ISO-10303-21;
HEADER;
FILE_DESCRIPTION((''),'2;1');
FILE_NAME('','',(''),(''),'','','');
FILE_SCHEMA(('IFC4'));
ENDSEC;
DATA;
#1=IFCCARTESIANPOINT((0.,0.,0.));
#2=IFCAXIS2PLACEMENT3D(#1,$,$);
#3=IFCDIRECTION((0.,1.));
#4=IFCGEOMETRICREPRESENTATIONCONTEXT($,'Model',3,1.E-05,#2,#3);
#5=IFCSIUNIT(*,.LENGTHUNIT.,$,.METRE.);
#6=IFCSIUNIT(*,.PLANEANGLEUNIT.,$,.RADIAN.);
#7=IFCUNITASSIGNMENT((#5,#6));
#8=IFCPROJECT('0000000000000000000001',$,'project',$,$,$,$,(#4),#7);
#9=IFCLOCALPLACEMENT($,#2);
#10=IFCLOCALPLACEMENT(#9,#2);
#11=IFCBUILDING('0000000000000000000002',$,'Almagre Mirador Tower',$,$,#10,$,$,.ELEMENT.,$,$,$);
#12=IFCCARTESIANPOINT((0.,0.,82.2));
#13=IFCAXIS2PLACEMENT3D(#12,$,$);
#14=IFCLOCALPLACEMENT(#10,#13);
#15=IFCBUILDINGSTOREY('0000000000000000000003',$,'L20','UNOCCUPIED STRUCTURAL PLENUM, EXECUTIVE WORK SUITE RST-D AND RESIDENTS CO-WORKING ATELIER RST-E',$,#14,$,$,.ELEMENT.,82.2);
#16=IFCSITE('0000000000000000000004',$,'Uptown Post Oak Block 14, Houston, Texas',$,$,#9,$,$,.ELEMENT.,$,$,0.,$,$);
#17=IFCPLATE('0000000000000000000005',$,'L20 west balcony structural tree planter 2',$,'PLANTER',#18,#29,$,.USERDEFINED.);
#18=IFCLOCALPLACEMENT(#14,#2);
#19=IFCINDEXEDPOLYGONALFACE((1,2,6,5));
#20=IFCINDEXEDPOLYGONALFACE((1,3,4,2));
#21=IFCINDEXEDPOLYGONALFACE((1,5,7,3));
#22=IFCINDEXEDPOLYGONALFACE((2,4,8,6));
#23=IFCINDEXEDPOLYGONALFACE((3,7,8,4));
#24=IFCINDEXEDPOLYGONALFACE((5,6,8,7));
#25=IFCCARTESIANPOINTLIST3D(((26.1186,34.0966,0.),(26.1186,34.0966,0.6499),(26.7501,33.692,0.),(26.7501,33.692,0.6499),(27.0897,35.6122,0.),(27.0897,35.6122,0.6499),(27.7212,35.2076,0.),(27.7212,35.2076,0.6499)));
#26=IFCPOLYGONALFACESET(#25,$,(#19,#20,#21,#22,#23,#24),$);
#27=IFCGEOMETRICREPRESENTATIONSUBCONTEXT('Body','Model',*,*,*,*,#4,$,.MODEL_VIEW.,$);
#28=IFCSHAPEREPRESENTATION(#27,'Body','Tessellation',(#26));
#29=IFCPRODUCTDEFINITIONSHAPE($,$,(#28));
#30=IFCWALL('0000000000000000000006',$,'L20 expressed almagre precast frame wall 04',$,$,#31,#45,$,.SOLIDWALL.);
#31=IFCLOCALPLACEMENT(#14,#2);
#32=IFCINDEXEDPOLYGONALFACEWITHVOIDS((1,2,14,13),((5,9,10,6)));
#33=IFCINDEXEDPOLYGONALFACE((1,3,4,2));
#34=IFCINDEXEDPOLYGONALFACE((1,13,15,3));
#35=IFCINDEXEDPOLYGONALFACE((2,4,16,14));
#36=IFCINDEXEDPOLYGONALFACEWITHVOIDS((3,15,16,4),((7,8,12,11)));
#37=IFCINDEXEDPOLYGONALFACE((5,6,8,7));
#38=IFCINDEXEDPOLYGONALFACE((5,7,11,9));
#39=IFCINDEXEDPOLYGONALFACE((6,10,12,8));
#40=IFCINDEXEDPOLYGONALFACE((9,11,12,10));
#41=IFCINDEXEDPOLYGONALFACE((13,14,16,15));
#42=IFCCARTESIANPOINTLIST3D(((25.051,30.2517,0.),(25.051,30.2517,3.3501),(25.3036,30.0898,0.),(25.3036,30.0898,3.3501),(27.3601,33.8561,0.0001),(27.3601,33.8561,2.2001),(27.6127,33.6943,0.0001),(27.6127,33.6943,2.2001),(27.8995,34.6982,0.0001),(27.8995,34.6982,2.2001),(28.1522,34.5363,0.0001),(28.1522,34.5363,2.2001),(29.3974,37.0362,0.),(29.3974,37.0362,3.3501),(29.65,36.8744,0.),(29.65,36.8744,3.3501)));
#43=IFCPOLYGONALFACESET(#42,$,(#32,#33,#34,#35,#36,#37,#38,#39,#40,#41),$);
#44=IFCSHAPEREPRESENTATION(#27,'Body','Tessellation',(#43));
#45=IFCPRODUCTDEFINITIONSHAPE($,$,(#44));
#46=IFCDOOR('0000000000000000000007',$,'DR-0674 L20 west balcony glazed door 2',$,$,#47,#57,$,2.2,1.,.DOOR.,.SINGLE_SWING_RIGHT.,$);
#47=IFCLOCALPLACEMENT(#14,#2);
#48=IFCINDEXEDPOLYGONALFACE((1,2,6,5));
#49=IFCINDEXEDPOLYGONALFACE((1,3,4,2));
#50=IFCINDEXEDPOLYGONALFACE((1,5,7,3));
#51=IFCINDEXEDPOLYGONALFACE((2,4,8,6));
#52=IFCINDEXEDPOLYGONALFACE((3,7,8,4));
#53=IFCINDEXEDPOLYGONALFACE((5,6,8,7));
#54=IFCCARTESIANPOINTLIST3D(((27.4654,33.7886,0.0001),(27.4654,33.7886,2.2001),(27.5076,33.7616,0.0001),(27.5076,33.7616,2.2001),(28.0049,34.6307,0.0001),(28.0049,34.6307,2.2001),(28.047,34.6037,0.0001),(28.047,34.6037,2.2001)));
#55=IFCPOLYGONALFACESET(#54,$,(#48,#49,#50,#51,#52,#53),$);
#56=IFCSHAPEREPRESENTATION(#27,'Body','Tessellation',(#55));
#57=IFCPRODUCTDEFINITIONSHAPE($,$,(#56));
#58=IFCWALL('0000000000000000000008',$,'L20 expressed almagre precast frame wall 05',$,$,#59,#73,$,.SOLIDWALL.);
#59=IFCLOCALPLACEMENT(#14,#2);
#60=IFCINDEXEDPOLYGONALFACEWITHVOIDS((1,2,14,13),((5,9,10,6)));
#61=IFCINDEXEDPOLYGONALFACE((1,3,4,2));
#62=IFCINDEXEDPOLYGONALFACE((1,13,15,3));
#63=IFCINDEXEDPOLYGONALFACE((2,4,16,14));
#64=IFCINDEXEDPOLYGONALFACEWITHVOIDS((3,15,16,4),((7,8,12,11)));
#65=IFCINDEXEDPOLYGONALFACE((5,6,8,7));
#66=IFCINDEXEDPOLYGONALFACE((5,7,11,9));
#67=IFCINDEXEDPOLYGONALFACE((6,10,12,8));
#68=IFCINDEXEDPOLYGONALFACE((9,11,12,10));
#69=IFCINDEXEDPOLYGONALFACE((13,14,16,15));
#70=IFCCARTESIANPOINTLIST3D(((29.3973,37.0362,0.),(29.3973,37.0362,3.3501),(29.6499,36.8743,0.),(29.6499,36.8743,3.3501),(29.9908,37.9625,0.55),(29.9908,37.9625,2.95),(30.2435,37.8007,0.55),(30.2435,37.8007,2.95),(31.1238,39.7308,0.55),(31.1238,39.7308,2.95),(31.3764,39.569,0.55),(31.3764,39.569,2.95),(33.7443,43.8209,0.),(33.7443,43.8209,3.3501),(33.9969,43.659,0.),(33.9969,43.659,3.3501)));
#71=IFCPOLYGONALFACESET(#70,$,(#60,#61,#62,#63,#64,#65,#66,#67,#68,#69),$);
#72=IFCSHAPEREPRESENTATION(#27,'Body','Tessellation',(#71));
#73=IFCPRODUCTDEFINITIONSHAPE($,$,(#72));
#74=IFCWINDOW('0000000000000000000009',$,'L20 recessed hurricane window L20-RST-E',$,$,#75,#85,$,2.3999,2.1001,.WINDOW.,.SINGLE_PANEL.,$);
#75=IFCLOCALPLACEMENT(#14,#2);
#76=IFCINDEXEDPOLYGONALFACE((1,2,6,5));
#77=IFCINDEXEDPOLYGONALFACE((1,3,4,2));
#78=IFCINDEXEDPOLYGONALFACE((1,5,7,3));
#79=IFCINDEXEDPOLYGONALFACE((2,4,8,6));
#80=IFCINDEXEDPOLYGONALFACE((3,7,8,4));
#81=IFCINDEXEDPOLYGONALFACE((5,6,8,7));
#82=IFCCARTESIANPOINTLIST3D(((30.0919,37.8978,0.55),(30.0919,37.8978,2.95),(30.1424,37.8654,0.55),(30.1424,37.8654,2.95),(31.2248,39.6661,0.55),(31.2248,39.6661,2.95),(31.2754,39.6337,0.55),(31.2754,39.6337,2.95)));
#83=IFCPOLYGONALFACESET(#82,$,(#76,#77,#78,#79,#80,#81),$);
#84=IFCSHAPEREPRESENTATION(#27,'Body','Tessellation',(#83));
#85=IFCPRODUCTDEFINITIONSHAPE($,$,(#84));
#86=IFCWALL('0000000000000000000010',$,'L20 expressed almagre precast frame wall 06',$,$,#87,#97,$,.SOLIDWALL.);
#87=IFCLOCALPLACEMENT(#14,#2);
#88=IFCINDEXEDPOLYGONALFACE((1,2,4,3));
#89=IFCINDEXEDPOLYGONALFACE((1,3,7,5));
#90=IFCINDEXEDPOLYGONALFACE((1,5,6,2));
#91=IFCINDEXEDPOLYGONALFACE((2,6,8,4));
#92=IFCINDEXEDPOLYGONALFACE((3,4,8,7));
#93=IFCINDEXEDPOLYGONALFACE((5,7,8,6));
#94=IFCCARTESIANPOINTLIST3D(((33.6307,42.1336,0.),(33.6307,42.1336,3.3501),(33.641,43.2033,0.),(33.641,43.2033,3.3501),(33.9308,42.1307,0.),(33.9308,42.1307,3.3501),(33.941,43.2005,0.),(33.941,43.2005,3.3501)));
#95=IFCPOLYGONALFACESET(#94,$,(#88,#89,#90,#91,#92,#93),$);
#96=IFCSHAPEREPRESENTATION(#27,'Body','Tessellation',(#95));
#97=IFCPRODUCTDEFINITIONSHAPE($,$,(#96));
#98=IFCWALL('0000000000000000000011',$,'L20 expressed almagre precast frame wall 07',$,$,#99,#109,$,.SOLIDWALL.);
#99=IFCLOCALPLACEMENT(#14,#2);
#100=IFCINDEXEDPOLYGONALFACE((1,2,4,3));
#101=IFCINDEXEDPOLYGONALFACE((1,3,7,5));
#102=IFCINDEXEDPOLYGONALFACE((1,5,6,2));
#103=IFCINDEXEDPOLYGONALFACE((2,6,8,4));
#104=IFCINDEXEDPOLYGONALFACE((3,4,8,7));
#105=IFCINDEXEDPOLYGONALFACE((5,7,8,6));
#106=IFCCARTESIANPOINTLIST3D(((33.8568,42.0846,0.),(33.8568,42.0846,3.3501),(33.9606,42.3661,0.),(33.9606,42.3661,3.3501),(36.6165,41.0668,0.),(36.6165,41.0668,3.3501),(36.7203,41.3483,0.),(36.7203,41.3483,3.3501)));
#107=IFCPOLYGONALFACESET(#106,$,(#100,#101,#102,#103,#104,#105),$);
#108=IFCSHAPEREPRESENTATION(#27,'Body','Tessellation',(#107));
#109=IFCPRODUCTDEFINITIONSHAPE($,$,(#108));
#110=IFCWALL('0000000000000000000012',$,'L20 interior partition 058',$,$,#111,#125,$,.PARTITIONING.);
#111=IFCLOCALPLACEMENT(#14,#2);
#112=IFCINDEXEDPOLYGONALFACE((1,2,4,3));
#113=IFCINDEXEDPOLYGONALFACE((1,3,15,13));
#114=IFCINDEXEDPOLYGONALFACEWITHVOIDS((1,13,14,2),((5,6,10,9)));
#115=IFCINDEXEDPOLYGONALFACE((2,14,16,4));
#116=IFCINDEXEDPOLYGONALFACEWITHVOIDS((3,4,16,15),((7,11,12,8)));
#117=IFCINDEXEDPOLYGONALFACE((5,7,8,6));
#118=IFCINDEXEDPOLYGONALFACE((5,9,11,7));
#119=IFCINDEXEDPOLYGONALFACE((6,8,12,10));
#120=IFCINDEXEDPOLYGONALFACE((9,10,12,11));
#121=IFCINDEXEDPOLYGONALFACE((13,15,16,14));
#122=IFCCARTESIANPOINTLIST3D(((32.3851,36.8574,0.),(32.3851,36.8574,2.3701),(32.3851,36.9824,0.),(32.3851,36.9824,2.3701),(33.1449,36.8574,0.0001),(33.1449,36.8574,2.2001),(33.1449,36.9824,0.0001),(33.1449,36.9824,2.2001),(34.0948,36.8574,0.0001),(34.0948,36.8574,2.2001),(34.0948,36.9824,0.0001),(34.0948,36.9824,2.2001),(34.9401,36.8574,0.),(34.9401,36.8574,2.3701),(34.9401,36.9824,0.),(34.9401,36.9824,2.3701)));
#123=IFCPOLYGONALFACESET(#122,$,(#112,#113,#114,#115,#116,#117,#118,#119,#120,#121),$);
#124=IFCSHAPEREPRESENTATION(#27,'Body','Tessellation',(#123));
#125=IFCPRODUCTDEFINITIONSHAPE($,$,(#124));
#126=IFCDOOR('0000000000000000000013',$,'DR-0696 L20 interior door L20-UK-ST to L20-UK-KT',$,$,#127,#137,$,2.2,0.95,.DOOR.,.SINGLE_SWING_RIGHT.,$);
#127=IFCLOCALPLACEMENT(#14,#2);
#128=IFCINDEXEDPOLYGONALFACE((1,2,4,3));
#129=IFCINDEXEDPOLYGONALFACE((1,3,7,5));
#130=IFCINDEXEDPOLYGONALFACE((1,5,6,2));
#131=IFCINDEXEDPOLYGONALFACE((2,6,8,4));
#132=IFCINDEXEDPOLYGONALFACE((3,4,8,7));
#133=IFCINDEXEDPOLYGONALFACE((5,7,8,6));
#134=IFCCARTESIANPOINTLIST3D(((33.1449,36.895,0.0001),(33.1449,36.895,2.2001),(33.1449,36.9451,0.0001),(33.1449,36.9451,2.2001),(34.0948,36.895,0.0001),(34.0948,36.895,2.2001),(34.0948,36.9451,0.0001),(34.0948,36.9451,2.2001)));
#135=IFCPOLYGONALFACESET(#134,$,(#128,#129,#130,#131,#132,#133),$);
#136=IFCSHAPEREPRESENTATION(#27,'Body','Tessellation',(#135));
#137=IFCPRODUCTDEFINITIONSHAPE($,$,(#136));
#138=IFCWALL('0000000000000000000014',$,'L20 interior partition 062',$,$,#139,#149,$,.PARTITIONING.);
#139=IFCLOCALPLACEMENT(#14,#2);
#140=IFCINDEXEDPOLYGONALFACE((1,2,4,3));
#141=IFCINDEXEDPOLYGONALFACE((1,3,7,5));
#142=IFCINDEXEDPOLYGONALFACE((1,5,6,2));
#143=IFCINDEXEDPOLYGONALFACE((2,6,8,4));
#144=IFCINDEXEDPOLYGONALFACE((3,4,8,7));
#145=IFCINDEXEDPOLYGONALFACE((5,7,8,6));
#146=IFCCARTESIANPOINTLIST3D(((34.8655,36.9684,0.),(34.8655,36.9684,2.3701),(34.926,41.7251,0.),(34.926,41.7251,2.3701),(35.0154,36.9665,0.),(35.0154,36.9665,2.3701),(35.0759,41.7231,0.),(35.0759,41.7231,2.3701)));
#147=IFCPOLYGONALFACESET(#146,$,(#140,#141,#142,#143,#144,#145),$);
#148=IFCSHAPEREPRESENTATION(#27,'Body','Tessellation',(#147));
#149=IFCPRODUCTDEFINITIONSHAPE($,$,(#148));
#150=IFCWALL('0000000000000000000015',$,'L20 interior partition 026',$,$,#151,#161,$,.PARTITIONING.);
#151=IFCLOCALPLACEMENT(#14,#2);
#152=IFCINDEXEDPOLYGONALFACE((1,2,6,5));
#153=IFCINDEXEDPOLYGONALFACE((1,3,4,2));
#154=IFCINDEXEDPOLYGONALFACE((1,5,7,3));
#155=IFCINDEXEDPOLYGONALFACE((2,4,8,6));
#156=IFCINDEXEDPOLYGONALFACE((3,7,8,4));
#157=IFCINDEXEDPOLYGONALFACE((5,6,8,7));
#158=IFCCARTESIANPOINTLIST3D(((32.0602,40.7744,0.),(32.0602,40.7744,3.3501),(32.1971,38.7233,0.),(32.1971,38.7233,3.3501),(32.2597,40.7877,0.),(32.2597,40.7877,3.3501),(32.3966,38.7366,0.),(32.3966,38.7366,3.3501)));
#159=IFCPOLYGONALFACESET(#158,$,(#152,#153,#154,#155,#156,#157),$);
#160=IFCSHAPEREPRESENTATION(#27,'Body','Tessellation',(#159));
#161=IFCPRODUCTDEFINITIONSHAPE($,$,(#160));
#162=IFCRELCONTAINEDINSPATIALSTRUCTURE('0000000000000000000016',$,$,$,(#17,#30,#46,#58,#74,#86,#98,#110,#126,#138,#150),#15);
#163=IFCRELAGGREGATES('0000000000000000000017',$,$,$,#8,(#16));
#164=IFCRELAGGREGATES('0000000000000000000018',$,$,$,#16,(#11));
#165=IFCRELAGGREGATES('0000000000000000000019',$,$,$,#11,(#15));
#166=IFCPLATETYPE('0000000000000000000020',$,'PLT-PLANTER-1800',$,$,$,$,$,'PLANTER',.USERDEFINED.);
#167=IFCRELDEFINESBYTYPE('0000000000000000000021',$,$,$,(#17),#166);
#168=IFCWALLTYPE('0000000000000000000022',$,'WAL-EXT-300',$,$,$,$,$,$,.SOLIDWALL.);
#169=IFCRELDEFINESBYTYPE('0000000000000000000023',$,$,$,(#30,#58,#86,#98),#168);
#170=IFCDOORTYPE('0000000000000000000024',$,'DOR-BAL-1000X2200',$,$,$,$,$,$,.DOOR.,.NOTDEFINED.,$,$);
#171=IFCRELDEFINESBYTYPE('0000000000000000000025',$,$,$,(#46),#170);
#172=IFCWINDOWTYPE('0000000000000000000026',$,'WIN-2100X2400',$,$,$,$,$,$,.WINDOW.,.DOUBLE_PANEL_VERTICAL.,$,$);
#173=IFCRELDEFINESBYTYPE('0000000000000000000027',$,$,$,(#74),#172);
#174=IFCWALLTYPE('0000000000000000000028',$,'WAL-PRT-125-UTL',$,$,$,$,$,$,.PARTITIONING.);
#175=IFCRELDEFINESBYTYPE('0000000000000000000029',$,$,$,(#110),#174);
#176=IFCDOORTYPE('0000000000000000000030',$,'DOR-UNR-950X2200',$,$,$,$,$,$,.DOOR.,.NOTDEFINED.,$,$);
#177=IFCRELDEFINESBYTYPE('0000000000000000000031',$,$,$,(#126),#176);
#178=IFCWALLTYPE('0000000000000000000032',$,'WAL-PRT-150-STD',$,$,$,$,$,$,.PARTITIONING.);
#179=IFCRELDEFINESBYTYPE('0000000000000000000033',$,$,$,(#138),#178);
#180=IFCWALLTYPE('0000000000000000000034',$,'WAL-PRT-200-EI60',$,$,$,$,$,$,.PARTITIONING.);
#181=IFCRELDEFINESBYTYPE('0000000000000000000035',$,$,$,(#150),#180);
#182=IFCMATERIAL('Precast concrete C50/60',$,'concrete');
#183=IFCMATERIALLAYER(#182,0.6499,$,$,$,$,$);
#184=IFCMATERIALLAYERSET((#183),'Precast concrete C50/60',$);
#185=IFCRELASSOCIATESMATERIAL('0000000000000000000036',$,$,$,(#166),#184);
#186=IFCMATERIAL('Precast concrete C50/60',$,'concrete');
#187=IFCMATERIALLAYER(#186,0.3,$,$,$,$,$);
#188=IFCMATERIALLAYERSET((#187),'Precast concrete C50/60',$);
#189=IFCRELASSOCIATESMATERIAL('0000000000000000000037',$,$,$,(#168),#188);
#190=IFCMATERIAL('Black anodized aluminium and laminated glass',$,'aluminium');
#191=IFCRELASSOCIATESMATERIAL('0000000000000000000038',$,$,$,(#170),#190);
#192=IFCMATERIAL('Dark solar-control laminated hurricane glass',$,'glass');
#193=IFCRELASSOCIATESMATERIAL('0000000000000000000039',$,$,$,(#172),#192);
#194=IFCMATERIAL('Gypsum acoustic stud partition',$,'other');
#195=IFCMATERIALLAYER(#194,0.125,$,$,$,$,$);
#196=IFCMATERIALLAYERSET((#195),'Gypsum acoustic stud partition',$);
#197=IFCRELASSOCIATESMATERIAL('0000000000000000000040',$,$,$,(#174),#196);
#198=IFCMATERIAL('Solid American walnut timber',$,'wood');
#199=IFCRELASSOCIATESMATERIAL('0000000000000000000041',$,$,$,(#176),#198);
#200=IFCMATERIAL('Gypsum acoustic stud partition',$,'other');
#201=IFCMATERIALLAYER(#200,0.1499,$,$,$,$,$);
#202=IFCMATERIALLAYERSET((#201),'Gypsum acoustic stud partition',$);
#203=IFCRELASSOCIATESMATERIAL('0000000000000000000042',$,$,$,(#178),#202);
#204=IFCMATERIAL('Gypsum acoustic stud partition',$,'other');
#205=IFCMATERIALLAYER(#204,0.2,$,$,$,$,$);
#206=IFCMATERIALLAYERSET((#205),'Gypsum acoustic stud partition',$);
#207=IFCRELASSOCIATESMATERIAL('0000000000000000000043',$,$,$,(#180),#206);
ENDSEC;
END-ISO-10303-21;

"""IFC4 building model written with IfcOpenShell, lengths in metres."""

from ifc_helpers import new_model, si_unit, direction, frame, frame_2d, origin, origin_2d, place, context, subcontext, project, spatial, rectangle, extrude, material, layer, layer_set, type_object, element, fill, save


model = new_model("IFC4")

# Units and contexts
model_context = context("Model", 3, precision=1e-05, world=origin(), true_north=direction((0.0, 1.0)))
body_context = subcontext(model_context, "Body", "Model", "MODEL_VIEW")
ifc_project = project(units=[si_unit("LENGTHUNIT", "METRE"), si_unit("PLANEANGLEUNIT", "RADIAN")], contexts=[model_context])

# Site, building, storey
site_placement = place(None, origin())
site = spatial("IfcSite", under=ifc_project, at=site_placement, Name="Uptown Post Oak Block 14, Houston, Texas", CompositionType="ELEMENT", RefElevation=0.0)
building_placement = place(site_placement, origin())
building = spatial("IfcBuilding", under=site, at=building_placement, Name="Almagre Mirador Tower", CompositionType="ELEMENT")
storey_placement = place(building_placement, frame((0.0, 0.0, 82.2)))
storey = spatial("IfcBuildingStorey", under=building, at=storey_placement, Name="L20", Description="UNOCCUPIED STRUCTURAL PLENUM, EXECUTIVE WORK SUITE RST-D AND RESIDENTS CO-WORKING ATELIER RST-E", CompositionType="ELEMENT", Elevation=82.2)

# Plate
ifc_material_1 = material(Name="Precast concrete C50/60", Category="concrete")
ifc_layer_1 = layer(ifc_material_1, 0.6499)
ifc_layer_set_1 = layer_set([ifc_layer_1], Name="Precast concrete C50/60")
plate_type = type_object("IfcPlateType", Name="PLT-PLANTER-1800", ElementType="PLANTER", PredefinedType="USERDEFINED", material=ifc_layer_set_1)
plate_placement = place(storey_placement, frame((26.9199, 34.6521, 0.0), z_axis=(0.0, 0.0, 1.0), x_axis=(-0.539462, -0.84201, 0.0)))
element("IfcPlate", 1, at=plate_placement, inside=storey, type_object=plate_type, Name="L20 west balcony structural tree planter 2", ObjectType="PLANTER", PredefinedType="USERDEFINED", context=body_context, shape_type="SweptSolid", body=[
    extrude(rectangle(XDim=1.8, YDim=0.75, at=origin_2d()), origin(), (0.0, 0.0, 1.0), 0.6499),
])

# Wall, opening, door
ifc_material_2 = material(Name="Precast concrete C50/60", Category="concrete")
ifc_layer_2 = layer(ifc_material_2, 0.3)
ifc_layer_set_2 = layer_set([ifc_layer_2], Name="Precast concrete C50/60")
wall_type_1 = type_object("IfcWallType", Name="WAL-EXT-300", PredefinedType="SOLIDWALL", material=ifc_layer_set_2)
wall_1_placement = place(storey_placement, frame((25.1772, 30.1707, 0.0), z_axis=(0.0, 0.0, 1.0), x_axis=(0.539428, 0.842032, 0.0)))
wall_1 = element("IfcWall", 2, at=wall_1_placement, inside=storey, type_object=wall_type_1, Name="L20 expressed almagre precast frame wall 04", PredefinedType="SOLIDWALL", context=body_context, shape_type="SweptSolid", body=[
    extrude(rectangle(XDim=8.0574, YDim=0.3, at=frame_2d((4.0288, 0.0))), origin(), (0.0, 0.0, 1.0), 3.3501),
])
opening_1_placement = place(wall_1_placement, frame((4.2808, 0.0, 0.0)))
opening_1 = element("IfcOpeningElement", 3, at=opening_1_placement, cuts=wall_1, PredefinedType="OPENING", context=body_context, shape_type="SweptSolid", body=[
    extrude(rectangle(XDim=1.0, YDim=2.2, at=frame_2d((0.5, 1.1001))), frame((0.0, 0.1599, 0.0), z_axis=(0.0, -1.0, 0.0), x_axis=(1.0, 0.0, 0.0)), (0.0, 0.0, 1.0), 0.32),
])
ifc_material_3 = material(Name="Black anodized aluminium and laminated glass", Category="aluminium")
door_type_1 = type_object("IfcDoorType", Name="DOR-BAL-1000X2200", OperationType="NOTDEFINED", PredefinedType="DOOR", material=ifc_material_3)
door_1_placement = place(opening_1_placement, origin())
door_1 = element("IfcDoor", 4, at=door_1_placement, inside=storey, type_object=door_type_1, Name="DR-0674 L20 west balcony glazed door 2", OperationType="SINGLE_SWING_RIGHT", OverallHeight=2.2, OverallWidth=1.0, PredefinedType="DOOR", context=body_context, shape_type="SweptSolid", body=[
    extrude(rectangle(XDim=1.0, YDim=2.2, at=frame_2d((0.5, 1.1001))), frame((0.0, 0.0249, 0.0), z_axis=(0.0, -1.0, 0.0), x_axis=(1.0, 0.0, 0.0)), (0.0, 0.0, 1.0), 0.05),
])
fill(opening_1, door_1)

# Wall, opening, window
wall_2_placement = place(storey_placement, frame((29.5237, 36.9553, 0.0), z_axis=(0.0, 0.0, 1.0), x_axis=(0.539471, 0.842004, 0.0)))
wall_2 = element("IfcWall", 5, at=wall_2_placement, inside=storey, type_object=wall_type_1, Name="L20 expressed almagre precast frame wall 05", PredefinedType="SOLIDWALL", context=body_context, shape_type="SweptSolid", body=[
    extrude(rectangle(XDim=8.0579, YDim=0.3, at=frame_2d((4.0288, 0.0))), origin(), (0.0, 0.0, 1.0), 3.3501),
])
opening_2_placement = place(wall_2_placement, frame((1.1001, 0.0, 0.55)))
opening_2 = element("IfcOpeningElement", 6, at=opening_2_placement, cuts=wall_2, PredefinedType="OPENING", context=body_context, shape_type="SweptSolid", body=[
    extrude(rectangle(XDim=2.1001, YDim=2.3999, at=frame_2d((1.05, 1.2))), frame((0.0, 0.1599, 0.0), z_axis=(0.0, -1.0, 0.0), x_axis=(1.0, 0.0, 0.0)), (0.0, 0.0, 1.0), 0.32),
])
ifc_material_4 = material(Name="Dark solar-control laminated hurricane glass", Category="glass")
window_type = type_object("IfcWindowType", Name="WIN-2100X2400", PartitioningType="DOUBLE_PANEL_VERTICAL", PredefinedType="WINDOW", material=ifc_material_4)
window_placement = place(opening_2_placement, origin())
window = element("IfcWindow", 7, at=window_placement, inside=storey, type_object=window_type, Name="L20 recessed hurricane window L20-RST-E", OverallHeight=2.3999, OverallWidth=2.1001, PartitioningType="SINGLE_PANEL", PredefinedType="WINDOW", context=body_context, shape_type="SweptSolid", body=[
    extrude(rectangle(XDim=2.1001, YDim=2.3999, at=frame_2d((1.05, 1.2))), frame((0.0, 0.03, 0.0), z_axis=(0.0, -1.0, 0.0), x_axis=(1.0, 0.0, 0.0)), (0.0, 0.0, 1.0), 0.0601),
])
fill(opening_2, window)

# Walls
wall_3_placement = place(storey_placement, frame((33.791, 43.2019, 0.0), z_axis=(0.0, 0.0, 1.0), x_axis=(-0.009584, -0.999954, 0.0)))
element("IfcWall", 8, at=wall_3_placement, inside=storey, type_object=wall_type_1, Name="L20 expressed almagre precast frame wall 06", PredefinedType="SOLIDWALL", context=body_context, shape_type="SweptSolid", body=[
    extrude(rectangle(XDim=1.0698, YDim=0.3, at=frame_2d((0.5349, 0.0))), origin(), (0.0, 0.0, 1.0), 3.3501),
])
wall_4_placement = place(storey_placement, frame((33.9087, 42.2253, 0.0), z_axis=(0.0, 0.0, 1.0), x_axis=(0.938225, -0.346025, 0.0)))
element("IfcWall", 9, at=wall_4_placement, inside=storey, type_object=wall_type_1, Name="L20 expressed almagre precast frame wall 07", PredefinedType="SOLIDWALL", context=body_context, shape_type="SweptSolid", body=[
    extrude(rectangle(XDim=2.9414, YDim=0.3, at=frame_2d((1.4707, 0.0))), origin(), (0.0, 0.0, 1.0), 3.3501),
])

# Wall, opening, door
ifc_material_5 = material(Name="Gypsum acoustic stud partition", Category="other")
ifc_layer_3 = layer(ifc_material_5, 0.125)
ifc_layer_set_3 = layer_set([ifc_layer_3], Name="Gypsum acoustic stud partition")
wall_type_2 = type_object("IfcWallType", Name="WAL-PRT-125-UTL", PredefinedType="PARTITIONING", material=ifc_layer_set_3)
wall_5_placement = place(storey_placement, frame((34.9399, 36.9199, 0.0), z_axis=(0.0, 0.0, 1.0), x_axis=(-1.0, 0.0, 0.0)))
wall_5 = element("IfcWall", 10, at=wall_5_placement, inside=storey, type_object=wall_type_2, Name="L20 interior partition 058", PredefinedType="PARTITIONING", context=body_context, shape_type="SweptSolid", body=[
    extrude(rectangle(XDim=2.5549, YDim=0.125, at=frame_2d((1.2773, 0.0))), origin(), (0.0, 0.0, 1.0), 2.3701),
])
opening_3_placement = place(wall_5_placement, frame((0.845, 0.0, 0.0)))
opening_3 = element("IfcOpeningElement", 11, at=opening_3_placement, cuts=wall_5, PredefinedType="OPENING", context=body_context, shape_type="SweptSolid", body=[
    extrude(rectangle(XDim=0.95, YDim=2.2, at=frame_2d((0.4751, 1.1001))), frame((0.0, 0.0725, 0.0), z_axis=(0.0, -1.0, 0.0), x_axis=(1.0, 0.0, 0.0)), (0.0, 0.0, 1.0), 0.145),
])
ifc_material_6 = material(Name="Solid American walnut timber", Category="wood")
door_type_2 = type_object("IfcDoorType", Name="DOR-UNR-950X2200", OperationType="NOTDEFINED", PredefinedType="DOOR", material=ifc_material_6)
door_2_placement = place(opening_3_placement, origin())
door_2 = element("IfcDoor", 12, at=door_2_placement, inside=storey, type_object=door_type_2, Name="DR-0696 L20 interior door L20-UK-ST to L20-UK-KT", OperationType="SINGLE_SWING_RIGHT", OverallHeight=2.2, OverallWidth=0.95, PredefinedType="DOOR", context=body_context, shape_type="SweptSolid", body=[
    extrude(rectangle(XDim=0.95, YDim=2.2, at=frame_2d((0.4751, 1.1001))), frame((0.0, 0.0249, 0.0), z_axis=(0.0, -1.0, 0.0), x_axis=(1.0, 0.0, 0.0)), (0.0, 0.0, 1.0), 0.05),
])
fill(opening_3, door_2)

# Walls
ifc_material_7 = material(Name="Gypsum acoustic stud partition", Category="other")
ifc_layer_4 = layer(ifc_material_7, 0.1499)
ifc_layer_set_4 = layer_set([ifc_layer_4], Name="Gypsum acoustic stud partition")
wall_type_3 = type_object("IfcWallType", Name="WAL-PRT-150-STD", PredefinedType="PARTITIONING", material=ifc_layer_set_4)
wall_6_placement = place(storey_placement, frame((34.9404, 36.9675, 0.0), z_axis=(0.0, 0.0, 1.0), x_axis=(0.012728, 0.999919, 0.0)))
element("IfcWall", 13, at=wall_6_placement, inside=storey, type_object=wall_type_3, Name="L20 interior partition 062", PredefinedType="PARTITIONING", context=body_context, shape_type="SweptSolid", body=[
    extrude(rectangle(XDim=4.7571, YDim=0.1499, at=frame_2d((2.3784, 0.0))), origin(), (0.0, 0.0, 1.0), 2.3701),
])
ifc_material_8 = material(Name="Gypsum acoustic stud partition", Category="other")
ifc_layer_5 = layer(ifc_material_8, 0.2)
ifc_layer_set_5 = layer_set([ifc_layer_5], Name="Gypsum acoustic stud partition")
wall_type_4 = type_object("IfcWallType", Name="WAL-PRT-200-EI60", PredefinedType="PARTITIONING", material=ifc_layer_set_5)
wall_7_placement = place(storey_placement, frame((32.2969, 38.73, 0.0), z_axis=(0.0, 0.0, 1.0), x_axis=(-0.066629, 0.997778, 0.0)))
element("IfcWall", 14, at=wall_7_placement, inside=storey, type_object=wall_type_4, Name="L20 interior partition 026", PredefinedType="PARTITIONING", context=body_context, shape_type="SweptSolid", body=[
    extrude(rectangle(XDim=2.0557, YDim=0.2, at=frame_2d((1.0278, 0.0))), origin(), (0.0, 0.0, 1.0), 3.3501),
])

save(model, "model.ifc")
